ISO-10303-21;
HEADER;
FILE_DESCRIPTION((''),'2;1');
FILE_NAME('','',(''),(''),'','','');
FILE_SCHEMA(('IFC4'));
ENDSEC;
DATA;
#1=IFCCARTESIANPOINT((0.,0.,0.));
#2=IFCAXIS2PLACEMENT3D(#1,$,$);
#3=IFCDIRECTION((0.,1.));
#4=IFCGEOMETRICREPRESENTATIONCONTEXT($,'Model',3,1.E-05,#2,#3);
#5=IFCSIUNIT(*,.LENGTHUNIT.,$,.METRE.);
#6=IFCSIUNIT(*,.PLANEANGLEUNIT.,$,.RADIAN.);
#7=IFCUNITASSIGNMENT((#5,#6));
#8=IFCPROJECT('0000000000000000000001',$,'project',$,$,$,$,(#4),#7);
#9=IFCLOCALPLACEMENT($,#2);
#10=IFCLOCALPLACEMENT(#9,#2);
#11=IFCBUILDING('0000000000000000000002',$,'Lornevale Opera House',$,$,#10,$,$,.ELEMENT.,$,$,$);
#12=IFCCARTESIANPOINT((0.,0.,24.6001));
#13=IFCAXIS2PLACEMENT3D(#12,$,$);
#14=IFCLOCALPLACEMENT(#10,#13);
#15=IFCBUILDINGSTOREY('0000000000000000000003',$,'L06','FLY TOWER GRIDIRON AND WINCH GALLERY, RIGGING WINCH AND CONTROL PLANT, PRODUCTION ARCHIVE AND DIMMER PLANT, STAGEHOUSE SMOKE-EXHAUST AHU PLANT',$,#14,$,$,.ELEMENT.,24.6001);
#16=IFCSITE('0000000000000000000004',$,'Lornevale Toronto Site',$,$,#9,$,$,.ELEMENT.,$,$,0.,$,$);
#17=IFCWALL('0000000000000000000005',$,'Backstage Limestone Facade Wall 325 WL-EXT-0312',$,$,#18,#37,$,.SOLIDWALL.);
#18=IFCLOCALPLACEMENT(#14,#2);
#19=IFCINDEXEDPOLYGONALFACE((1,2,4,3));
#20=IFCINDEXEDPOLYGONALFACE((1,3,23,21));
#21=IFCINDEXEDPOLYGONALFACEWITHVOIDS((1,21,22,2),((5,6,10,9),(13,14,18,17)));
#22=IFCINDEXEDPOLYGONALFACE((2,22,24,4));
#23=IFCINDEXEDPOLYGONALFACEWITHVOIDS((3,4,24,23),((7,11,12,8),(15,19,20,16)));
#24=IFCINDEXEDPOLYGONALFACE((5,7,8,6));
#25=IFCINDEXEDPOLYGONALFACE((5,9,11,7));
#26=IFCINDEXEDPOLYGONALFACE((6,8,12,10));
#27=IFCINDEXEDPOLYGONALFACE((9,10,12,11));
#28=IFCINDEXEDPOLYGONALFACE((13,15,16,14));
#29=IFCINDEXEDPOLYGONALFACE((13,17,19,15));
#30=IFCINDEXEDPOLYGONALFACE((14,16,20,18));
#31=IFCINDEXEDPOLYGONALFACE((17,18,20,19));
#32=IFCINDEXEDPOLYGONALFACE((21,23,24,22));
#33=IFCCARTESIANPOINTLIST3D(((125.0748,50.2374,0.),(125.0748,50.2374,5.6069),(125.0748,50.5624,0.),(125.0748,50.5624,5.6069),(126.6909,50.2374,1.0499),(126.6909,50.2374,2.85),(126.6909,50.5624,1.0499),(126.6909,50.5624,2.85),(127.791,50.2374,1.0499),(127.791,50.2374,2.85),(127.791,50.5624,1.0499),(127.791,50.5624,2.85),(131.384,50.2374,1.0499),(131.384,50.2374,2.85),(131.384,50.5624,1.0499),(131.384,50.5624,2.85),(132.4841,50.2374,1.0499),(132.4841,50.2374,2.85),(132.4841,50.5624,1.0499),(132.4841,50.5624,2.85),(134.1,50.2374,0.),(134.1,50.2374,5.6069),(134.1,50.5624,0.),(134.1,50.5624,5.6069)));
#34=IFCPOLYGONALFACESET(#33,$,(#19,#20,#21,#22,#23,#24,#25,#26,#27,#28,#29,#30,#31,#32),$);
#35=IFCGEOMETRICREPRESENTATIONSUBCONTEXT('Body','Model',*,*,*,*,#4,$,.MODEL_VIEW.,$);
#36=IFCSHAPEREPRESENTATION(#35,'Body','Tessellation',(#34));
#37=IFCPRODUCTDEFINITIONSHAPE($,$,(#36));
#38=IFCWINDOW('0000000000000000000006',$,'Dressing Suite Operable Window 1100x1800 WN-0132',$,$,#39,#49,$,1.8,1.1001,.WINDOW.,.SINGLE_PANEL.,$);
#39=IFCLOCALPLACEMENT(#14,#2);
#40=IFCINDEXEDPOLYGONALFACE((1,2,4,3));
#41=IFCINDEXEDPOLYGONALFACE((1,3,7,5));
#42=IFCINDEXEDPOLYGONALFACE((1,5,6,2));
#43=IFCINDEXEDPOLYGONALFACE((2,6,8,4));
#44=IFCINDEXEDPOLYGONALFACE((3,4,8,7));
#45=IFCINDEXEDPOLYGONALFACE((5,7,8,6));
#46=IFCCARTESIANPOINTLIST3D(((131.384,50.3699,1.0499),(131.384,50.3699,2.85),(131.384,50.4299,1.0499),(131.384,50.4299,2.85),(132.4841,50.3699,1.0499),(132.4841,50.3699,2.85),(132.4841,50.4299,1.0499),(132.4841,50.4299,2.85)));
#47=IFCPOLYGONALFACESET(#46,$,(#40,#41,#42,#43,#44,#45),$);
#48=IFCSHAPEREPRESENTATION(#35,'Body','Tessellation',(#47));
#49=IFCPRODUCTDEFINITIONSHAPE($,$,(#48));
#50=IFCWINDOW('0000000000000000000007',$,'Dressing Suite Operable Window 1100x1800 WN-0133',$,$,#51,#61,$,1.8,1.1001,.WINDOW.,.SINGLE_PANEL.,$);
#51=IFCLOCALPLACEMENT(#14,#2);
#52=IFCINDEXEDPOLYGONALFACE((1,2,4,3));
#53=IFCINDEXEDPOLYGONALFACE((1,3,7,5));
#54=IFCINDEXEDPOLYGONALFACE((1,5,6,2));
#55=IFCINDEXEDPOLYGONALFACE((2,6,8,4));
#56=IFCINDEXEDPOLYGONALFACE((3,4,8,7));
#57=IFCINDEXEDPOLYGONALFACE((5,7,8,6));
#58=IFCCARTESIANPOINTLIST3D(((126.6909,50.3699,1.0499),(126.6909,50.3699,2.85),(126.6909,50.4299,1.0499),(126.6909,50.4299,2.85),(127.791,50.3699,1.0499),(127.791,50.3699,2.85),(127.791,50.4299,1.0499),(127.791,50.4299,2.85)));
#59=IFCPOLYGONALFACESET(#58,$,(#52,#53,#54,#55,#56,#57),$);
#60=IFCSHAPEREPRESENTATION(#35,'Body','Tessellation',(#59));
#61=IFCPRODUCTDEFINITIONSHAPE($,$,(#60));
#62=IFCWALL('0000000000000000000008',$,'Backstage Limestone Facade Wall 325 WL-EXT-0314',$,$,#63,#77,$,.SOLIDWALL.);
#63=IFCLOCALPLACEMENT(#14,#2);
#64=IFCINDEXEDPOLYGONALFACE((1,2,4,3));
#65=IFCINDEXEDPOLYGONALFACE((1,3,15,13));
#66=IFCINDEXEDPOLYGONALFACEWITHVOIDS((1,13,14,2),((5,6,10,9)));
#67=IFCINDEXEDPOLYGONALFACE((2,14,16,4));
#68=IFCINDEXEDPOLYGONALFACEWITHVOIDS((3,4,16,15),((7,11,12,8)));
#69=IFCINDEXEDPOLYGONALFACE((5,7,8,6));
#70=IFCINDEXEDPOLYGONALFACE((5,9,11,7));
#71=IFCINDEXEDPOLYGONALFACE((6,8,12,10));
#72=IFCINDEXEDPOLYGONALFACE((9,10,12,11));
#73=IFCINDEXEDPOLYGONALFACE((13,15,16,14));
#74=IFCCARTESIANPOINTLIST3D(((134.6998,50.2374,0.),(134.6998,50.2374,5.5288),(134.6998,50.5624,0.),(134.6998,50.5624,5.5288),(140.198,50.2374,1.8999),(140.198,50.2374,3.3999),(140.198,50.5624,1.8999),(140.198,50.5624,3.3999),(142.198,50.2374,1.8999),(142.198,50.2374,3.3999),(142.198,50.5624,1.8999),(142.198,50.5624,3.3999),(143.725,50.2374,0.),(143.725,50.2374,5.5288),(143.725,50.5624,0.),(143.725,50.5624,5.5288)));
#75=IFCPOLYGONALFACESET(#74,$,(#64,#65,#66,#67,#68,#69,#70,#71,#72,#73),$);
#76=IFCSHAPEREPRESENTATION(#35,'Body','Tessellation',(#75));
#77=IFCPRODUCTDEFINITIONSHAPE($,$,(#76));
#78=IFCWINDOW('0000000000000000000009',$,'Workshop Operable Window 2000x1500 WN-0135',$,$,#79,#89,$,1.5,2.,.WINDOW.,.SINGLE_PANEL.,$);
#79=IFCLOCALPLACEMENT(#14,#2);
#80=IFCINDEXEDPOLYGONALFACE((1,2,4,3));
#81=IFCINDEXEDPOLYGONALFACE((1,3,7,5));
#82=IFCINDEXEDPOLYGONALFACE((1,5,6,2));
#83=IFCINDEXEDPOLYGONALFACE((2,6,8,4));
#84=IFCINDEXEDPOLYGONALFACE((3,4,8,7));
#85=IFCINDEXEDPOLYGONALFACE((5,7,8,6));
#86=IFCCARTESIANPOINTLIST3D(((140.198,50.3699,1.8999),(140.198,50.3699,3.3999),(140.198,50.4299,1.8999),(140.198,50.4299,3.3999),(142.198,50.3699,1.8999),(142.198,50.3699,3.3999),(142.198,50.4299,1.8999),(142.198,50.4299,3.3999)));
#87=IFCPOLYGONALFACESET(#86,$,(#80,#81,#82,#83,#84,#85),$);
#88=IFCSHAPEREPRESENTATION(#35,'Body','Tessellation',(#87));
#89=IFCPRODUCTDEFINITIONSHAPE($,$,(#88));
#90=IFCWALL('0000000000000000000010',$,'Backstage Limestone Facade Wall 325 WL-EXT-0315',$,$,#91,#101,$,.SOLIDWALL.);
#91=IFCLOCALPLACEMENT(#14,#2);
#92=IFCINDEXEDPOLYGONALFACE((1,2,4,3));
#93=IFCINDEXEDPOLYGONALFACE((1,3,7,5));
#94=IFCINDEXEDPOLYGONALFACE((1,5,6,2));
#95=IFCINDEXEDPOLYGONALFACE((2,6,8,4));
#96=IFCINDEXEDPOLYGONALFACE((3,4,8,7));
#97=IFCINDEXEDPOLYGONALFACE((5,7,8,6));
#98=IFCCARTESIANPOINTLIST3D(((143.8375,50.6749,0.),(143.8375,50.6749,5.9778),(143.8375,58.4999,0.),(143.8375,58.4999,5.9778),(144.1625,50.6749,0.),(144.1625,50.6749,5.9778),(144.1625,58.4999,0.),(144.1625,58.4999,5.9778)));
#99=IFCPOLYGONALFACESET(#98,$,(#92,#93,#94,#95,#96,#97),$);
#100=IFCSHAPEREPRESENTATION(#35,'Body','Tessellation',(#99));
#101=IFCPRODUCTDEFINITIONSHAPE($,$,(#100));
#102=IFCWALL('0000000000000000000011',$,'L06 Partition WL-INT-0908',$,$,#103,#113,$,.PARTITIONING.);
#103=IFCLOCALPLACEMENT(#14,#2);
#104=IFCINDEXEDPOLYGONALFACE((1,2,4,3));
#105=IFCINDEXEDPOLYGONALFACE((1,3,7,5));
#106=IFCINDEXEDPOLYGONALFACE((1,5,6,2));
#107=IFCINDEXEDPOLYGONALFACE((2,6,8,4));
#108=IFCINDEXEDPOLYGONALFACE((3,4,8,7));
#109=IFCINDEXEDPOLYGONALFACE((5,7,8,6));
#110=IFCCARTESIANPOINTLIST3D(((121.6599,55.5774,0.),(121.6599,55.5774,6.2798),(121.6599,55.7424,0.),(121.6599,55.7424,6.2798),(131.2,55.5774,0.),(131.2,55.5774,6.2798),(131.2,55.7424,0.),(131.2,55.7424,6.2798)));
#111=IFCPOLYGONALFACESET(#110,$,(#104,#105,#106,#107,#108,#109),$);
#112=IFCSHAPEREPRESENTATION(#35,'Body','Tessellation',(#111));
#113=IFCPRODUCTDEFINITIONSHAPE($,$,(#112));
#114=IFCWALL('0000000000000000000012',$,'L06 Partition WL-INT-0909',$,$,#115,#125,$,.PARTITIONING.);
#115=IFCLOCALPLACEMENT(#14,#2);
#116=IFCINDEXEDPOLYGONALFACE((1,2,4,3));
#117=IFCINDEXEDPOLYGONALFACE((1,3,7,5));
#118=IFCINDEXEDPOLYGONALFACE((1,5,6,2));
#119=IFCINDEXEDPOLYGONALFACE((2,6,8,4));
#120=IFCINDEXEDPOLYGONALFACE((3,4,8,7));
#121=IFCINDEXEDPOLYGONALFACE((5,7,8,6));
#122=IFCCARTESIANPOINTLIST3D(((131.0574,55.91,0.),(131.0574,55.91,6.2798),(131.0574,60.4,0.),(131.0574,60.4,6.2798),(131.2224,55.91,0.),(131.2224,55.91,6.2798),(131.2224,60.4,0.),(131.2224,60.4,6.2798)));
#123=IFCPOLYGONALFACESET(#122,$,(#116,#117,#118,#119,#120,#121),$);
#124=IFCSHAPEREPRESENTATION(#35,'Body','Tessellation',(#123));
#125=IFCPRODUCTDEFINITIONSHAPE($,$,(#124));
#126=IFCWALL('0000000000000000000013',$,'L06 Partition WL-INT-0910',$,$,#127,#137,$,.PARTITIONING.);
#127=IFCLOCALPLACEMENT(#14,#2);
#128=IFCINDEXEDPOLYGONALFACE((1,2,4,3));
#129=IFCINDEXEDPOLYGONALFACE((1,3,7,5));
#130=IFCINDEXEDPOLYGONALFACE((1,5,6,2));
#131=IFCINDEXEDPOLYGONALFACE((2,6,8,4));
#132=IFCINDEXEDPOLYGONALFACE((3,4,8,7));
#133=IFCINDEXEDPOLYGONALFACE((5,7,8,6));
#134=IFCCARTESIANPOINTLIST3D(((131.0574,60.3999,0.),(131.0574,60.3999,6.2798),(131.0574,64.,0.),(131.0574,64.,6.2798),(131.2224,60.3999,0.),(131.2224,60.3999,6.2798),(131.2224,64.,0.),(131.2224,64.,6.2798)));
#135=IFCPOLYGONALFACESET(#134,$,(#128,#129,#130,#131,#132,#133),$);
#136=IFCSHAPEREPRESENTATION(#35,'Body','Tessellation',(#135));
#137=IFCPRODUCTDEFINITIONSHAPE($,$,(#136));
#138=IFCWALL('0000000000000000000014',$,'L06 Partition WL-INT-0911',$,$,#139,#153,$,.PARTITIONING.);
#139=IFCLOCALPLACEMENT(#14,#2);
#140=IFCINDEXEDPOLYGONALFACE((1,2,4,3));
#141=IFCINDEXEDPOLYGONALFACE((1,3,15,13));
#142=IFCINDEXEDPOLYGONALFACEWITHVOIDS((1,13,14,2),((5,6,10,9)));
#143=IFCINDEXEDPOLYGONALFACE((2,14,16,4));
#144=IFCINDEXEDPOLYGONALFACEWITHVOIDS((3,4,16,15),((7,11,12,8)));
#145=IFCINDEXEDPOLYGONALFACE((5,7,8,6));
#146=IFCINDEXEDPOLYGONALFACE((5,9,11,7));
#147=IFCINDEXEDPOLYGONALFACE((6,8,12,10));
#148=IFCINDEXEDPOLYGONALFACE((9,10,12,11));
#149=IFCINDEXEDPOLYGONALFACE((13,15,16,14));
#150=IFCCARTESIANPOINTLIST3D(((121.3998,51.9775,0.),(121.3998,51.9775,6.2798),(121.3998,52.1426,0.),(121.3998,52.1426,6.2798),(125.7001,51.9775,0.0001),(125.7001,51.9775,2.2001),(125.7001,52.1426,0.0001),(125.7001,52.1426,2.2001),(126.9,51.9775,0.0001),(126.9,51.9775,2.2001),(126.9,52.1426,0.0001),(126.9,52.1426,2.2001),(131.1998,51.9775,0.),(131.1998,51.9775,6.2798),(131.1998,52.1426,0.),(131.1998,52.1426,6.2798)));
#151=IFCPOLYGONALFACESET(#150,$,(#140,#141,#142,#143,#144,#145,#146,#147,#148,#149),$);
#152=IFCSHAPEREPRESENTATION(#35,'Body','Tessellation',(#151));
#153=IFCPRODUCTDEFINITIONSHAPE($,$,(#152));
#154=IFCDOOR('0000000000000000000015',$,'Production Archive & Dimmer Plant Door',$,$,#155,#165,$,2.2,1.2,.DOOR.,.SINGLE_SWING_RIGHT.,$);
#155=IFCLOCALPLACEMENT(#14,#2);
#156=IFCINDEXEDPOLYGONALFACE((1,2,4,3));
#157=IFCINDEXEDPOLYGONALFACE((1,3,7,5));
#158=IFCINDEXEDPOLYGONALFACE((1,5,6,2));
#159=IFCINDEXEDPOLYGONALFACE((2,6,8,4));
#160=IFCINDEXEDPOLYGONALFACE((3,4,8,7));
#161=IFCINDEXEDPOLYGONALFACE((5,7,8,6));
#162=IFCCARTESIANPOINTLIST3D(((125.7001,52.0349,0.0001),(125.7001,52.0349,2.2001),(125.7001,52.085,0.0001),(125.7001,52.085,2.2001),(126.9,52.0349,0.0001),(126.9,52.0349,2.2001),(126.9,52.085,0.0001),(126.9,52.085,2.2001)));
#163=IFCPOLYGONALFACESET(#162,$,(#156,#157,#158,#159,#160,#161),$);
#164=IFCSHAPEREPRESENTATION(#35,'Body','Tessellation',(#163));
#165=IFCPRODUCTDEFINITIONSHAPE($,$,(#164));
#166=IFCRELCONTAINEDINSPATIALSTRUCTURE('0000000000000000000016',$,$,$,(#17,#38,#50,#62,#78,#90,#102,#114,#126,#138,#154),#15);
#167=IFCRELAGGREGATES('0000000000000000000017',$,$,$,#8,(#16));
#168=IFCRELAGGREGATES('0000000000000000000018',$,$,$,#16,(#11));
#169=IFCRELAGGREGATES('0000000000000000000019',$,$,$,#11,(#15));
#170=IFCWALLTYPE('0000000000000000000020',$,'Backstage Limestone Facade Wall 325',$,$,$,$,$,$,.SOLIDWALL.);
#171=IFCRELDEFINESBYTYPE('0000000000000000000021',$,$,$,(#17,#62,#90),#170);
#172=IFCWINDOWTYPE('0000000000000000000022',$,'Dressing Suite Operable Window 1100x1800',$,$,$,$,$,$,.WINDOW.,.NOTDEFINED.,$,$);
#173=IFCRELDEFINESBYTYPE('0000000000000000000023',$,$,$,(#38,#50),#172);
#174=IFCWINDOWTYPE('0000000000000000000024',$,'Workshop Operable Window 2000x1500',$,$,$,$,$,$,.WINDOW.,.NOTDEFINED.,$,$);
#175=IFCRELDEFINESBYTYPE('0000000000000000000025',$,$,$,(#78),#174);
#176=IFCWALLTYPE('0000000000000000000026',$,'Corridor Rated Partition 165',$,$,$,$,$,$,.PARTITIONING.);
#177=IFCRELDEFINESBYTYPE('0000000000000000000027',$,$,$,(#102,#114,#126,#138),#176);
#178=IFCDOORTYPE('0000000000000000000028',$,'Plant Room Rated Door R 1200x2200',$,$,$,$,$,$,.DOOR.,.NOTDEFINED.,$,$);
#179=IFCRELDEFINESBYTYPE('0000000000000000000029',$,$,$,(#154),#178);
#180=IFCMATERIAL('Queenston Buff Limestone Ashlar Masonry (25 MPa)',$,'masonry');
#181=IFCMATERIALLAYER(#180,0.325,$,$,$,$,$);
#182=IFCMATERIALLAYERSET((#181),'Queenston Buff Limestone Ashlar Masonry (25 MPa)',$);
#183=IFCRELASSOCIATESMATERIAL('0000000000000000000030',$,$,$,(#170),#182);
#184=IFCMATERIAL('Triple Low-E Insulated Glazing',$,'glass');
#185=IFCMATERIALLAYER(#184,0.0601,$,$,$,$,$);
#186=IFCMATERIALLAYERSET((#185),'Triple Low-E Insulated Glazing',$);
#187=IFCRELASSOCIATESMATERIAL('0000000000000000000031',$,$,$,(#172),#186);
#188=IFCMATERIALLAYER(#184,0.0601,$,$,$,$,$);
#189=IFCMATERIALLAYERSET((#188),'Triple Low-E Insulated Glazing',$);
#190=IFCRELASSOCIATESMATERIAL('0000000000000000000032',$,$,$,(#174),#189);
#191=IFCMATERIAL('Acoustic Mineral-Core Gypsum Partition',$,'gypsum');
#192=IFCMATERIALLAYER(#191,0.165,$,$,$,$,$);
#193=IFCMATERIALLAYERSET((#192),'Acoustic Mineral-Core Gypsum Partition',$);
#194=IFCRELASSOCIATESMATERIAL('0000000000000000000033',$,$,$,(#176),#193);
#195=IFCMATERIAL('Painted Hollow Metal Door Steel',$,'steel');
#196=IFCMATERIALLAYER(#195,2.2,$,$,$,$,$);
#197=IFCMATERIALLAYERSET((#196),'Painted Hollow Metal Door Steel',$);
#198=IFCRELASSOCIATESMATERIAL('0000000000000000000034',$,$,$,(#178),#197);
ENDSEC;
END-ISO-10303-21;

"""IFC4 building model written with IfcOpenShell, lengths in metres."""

from ifc_helpers import new_model, si_unit, direction, frame, frame_2d, origin, place, context, subcontext, project, spatial, rectangle, extrude, material, layer, layer_set, type_object, element, fill, save


model = new_model("IFC4")

# Units and contexts
model_context = context("Model", 3, precision=1e-05, world=origin(), true_north=direction((0.0, 1.0)))
body_context = subcontext(model_context, "Body", "Model", "MODEL_VIEW")
ifc_project = project(units=[si_unit("LENGTHUNIT", "METRE"), si_unit("PLANEANGLEUNIT", "RADIAN")], contexts=[model_context])

# Site, building, storey
site_placement = place(None, origin())
site = spatial("IfcSite", under=ifc_project, at=site_placement, Name="Lornevale Toronto Site", CompositionType="ELEMENT", RefElevation=0.0)
building_placement = place(site_placement, origin())
building = spatial("IfcBuilding", under=site, at=building_placement, Name="Lornevale Opera House", CompositionType="ELEMENT")
storey_placement = place(building_placement, frame((0.0, 0.0, 24.6001)))
storey = spatial("IfcBuildingStorey", under=building, at=storey_placement, Name="L06", Description="FLY TOWER GRIDIRON AND WINCH GALLERY, RIGGING WINCH AND CONTROL PLANT, PRODUCTION ARCHIVE AND DIMMER PLANT, STAGEHOUSE SMOKE-EXHAUST AHU PLANT", CompositionType="ELEMENT", Elevation=24.6001)

# Shared definitions
ifc_material_1 = material(Name="Queenston Buff Limestone Ashlar Masonry (25 MPa)", Category="masonry")
ifc_layer_1 = layer(ifc_material_1, 0.325)
ifc_layer_set_1 = layer_set([ifc_layer_1], Name="Queenston Buff Limestone Ashlar Masonry (25 MPa)")
wall_type_1 = type_object("IfcWallType", Name="Backstage Limestone Facade Wall 325", PredefinedType="SOLIDWALL", material=ifc_layer_set_1)

# Wall, openings, windows
wall_1_placement = place(storey_placement, frame((134.1001, 50.3999, 0.0), z_axis=(0.0, 0.0, 1.0), x_axis=(-1.0, 0.0, 0.0)))
wall_1 = element("IfcWall", 1, at=wall_1_placement, inside=storey, type_object=wall_type_1, Name="Backstage Limestone Facade Wall 325 WL-EXT-0312", PredefinedType="SOLIDWALL", context=body_context, shape_type="SweptSolid", body=[
    extrude(rectangle(XDim=9.0251, YDim=0.325, at=frame_2d((4.5127, 0.0))), origin(), (0.0, 0.0, 1.0), 5.6069),
])
opening_1_placement = place(wall_1_placement, frame((1.616, 0.0, 1.05)))
opening_1 = element("IfcOpeningElement", 2, at=opening_1_placement, cuts=wall_1, PredefinedType="OPENING", context=body_context, shape_type="SweptSolid", body=[
    extrude(rectangle(XDim=1.1001, YDim=1.8, at=frame_2d((0.55, 0.8999))), frame((0.0, 0.1724, 0.0), z_axis=(0.0, -1.0, 0.0), x_axis=(1.0, 0.0, 0.0)), (0.0, 0.0, 1.0), 0.345),
])
opening_2_placement = place(wall_1_placement, frame((6.3091, 0.0, 1.05)))
opening_2 = element("IfcOpeningElement", 3, at=opening_2_placement, cuts=wall_1, PredefinedType="OPENING", context=body_context, shape_type="SweptSolid", body=[
    extrude(rectangle(XDim=1.1001, YDim=1.8, at=frame_2d((0.55, 0.8999))), frame((0.0, 0.1724, 0.0), z_axis=(0.0, -1.0, 0.0), x_axis=(1.0, 0.0, 0.0)), (0.0, 0.0, 1.0), 0.345),
])
ifc_material_2 = material(Name="Triple Low-E Insulated Glazing", Category="glass")
ifc_layer_2 = layer(ifc_material_2, 0.0601)
ifc_layer_set_2 = layer_set([ifc_layer_2], Name="Triple Low-E Insulated Glazing")
window_type_1 = type_object("IfcWindowType", Name="Dressing Suite Operable Window 1100x1800", PartitioningType="NOTDEFINED", PredefinedType="WINDOW", material=ifc_layer_set_2)
window_1_placement = place(opening_1_placement, origin())
window_1 = element("IfcWindow", 4, at=window_1_placement, inside=storey, type_object=window_type_1, Name="Dressing Suite Operable Window 1100x1800 WN-0132", OverallHeight=1.8, OverallWidth=1.1001, PartitioningType="SINGLE_PANEL", PredefinedType="WINDOW", context=body_context, shape_type="SweptSolid", body=[
    extrude(rectangle(XDim=1.1001, YDim=1.8, at=frame_2d((0.55, 0.8999))), frame((0.0, 0.03, 0.0), z_axis=(0.0, -1.0, 0.0), x_axis=(1.0, 0.0, 0.0)), (0.0, 0.0, 1.0), 0.0601),
])
fill(opening_1, window_1)
window_2_placement = place(opening_2_placement, origin())
window_2 = element("IfcWindow", 5, at=window_2_placement, inside=storey, type_object=window_type_1, Name="Dressing Suite Operable Window 1100x1800 WN-0133", OverallHeight=1.8, OverallWidth=1.1001, PartitioningType="SINGLE_PANEL", PredefinedType="WINDOW", context=body_context, shape_type="SweptSolid", body=[
    extrude(rectangle(XDim=1.1001, YDim=1.8, at=frame_2d((0.55, 0.8999))), frame((0.0, 0.03, 0.0), z_axis=(0.0, -1.0, 0.0), x_axis=(1.0, 0.0, 0.0)), (0.0, 0.0, 1.0), 0.0601),
])
fill(opening_2, window_2)

# Wall, opening, window
wall_2_placement = place(storey_placement, frame((143.7251, 50.3999, 0.0), z_axis=(0.0, 0.0, 1.0), x_axis=(-1.0, 0.0, 0.0)))
wall_2 = element("IfcWall", 6, at=wall_2_placement, inside=storey, type_object=wall_type_1, Name="Backstage Limestone Facade Wall 325 WL-EXT-0314", PredefinedType="SOLIDWALL", context=body_context, shape_type="SweptSolid", body=[
    extrude(rectangle(XDim=9.0251, YDim=0.325, at=frame_2d((4.5127, 0.0))), origin(), (0.0, 0.0, 1.0), 5.5288),
])
opening_3_placement = place(wall_2_placement, frame((1.5271, 0.0, 1.8999)))
opening_3 = element("IfcOpeningElement", 7, at=opening_3_placement, cuts=wall_2, PredefinedType="OPENING", context=body_context, shape_type="SweptSolid", body=[
    extrude(rectangle(XDim=2.0, YDim=1.5, at=frame_2d((1.0, 0.75))), frame((0.0, 0.1724, 0.0), z_axis=(0.0, -1.0, 0.0), x_axis=(1.0, 0.0, 0.0)), (0.0, 0.0, 1.0), 0.345),
])
ifc_layer_3 = layer(ifc_material_2, 0.0601)
ifc_layer_set_3 = layer_set([ifc_layer_3], Name="Triple Low-E Insulated Glazing")
window_type_2 = type_object("IfcWindowType", Name="Workshop Operable Window 2000x1500", PartitioningType="NOTDEFINED", PredefinedType="WINDOW", material=ifc_layer_set_3)
window_3_placement = place(opening_3_placement, origin())
window_3 = element("IfcWindow", 8, at=window_3_placement, inside=storey, type_object=window_type_2, Name="Workshop Operable Window 2000x1500 WN-0135", OverallHeight=1.5, OverallWidth=2.0, PartitioningType="SINGLE_PANEL", PredefinedType="WINDOW", context=body_context, shape_type="SweptSolid", body=[
    extrude(rectangle(XDim=2.0, YDim=1.5, at=frame_2d((1.0, 0.75))), frame((0.0, 0.03, 0.0), z_axis=(0.0, -1.0, 0.0), x_axis=(1.0, 0.0, 0.0)), (0.0, 0.0, 1.0), 0.0601),
])
fill(opening_3, window_3)

# Walls
wall_3_placement = place(storey_placement, frame((144.0, 58.5, 0.0), z_axis=(0.0, 0.0, 1.0), x_axis=(0.0, -1.0, 0.0)))
element("IfcWall", 9, at=wall_3_placement, inside=storey, type_object=wall_type_1, Name="Backstage Limestone Facade Wall 325 WL-EXT-0315", PredefinedType="SOLIDWALL", context=body_context, shape_type="SweptSolid", body=[
    extrude(rectangle(XDim=7.825, YDim=0.325, at=frame_2d((3.9126, 0.0))), origin(), (0.0, 0.0, 1.0), 5.9778),
])
ifc_material_3 = material(Name="Acoustic Mineral-Core Gypsum Partition", Category="gypsum")
ifc_layer_4 = layer(ifc_material_3, 0.165)
ifc_layer_set_4 = layer_set([ifc_layer_4], Name="Acoustic Mineral-Core Gypsum Partition")
wall_type_2 = type_object("IfcWallType", Name="Corridor Rated Partition 165", PredefinedType="PARTITIONING", material=ifc_layer_set_4)
wall_4_placement = place(storey_placement, frame((121.6599, 55.6599, 0.0), z_axis=(0.0, 0.0, 1.0), x_axis=(1.0, 0.0, 0.0)))
element("IfcWall", 10, at=wall_4_placement, inside=storey, type_object=wall_type_2, Name="L06 Partition WL-INT-0908", PredefinedType="PARTITIONING", context=body_context, shape_type="SweptSolid", body=[
    extrude(rectangle(XDim=9.54, YDim=0.165, at=frame_2d((4.77, 0.0))), origin(), (0.0, 0.0, 1.0), 6.2798),
])
wall_5_placement = place(storey_placement, frame((131.1399, 55.9099, 0.0), z_axis=(0.0, 0.0, 1.0), x_axis=(0.0, 1.0, 0.0)))
element("IfcWall", 11, at=wall_5_placement, inside=storey, type_object=wall_type_2, Name="L06 Partition WL-INT-0909", PredefinedType="PARTITIONING", context=body_context, shape_type="SweptSolid", body=[
    extrude(rectangle(XDim=4.49, YDim=0.165, at=frame_2d((2.2451, 0.0))), origin(), (0.0, 0.0, 1.0), 6.2798),
])
wall_6_placement = place(storey_placement, frame((131.1399, 60.3999, 0.0), z_axis=(0.0, 0.0, 1.0), x_axis=(0.0, 1.0, 0.0)))
element("IfcWall", 12, at=wall_6_placement, inside=storey, type_object=wall_type_2, Name="L06 Partition WL-INT-0910", PredefinedType="PARTITIONING", context=body_context, shape_type="SweptSolid", body=[
    extrude(rectangle(XDim=3.6001, YDim=0.165, at=frame_2d((1.8, 0.0))), origin(), (0.0, 0.0, 1.0), 6.2798),
])

# Wall, opening, door
wall_7_placement = place(storey_placement, frame((121.3999, 52.0601, 0.0), z_axis=(0.0, 0.0, 1.0), x_axis=(1.0, 0.0, 0.0)))
wall_7 = element("IfcWall", 13, at=wall_7_placement, inside=storey, type_object=wall_type_2, Name="L06 Partition WL-INT-0911", PredefinedType="PARTITIONING", context=body_context, shape_type="SweptSolid", body=[
    extrude(rectangle(XDim=9.8, YDim=0.165, at=frame_2d((4.8999, 0.0))), origin(), (0.0, 0.0, 1.0), 6.2798),
])
opening_4_placement = place(wall_7_placement, frame((4.3, 0.0, 0.0)))
opening_4 = element("IfcOpeningElement", 14, at=opening_4_placement, cuts=wall_7, PredefinedType="OPENING", context=body_context, shape_type="SweptSolid", body=[
    extrude(rectangle(XDim=1.2, YDim=2.2, at=frame_2d((0.6001, 1.1001))), frame((0.0, 0.0925, 0.0), z_axis=(0.0, -1.0, 0.0), x_axis=(1.0, 0.0, 0.0)), (0.0, 0.0, 1.0), 0.1851),
])
ifc_material_4 = material(Name="Painted Hollow Metal Door Steel", Category="steel")
ifc_layer_5 = layer(ifc_material_4, 2.2)
ifc_layer_set_5 = layer_set([ifc_layer_5], Name="Painted Hollow Metal Door Steel")
door_type = type_object("IfcDoorType", Name="Plant Room Rated Door R 1200x2200", OperationType="NOTDEFINED", PredefinedType="DOOR", material=ifc_layer_set_5)
door_placement = place(opening_4_placement, origin())
door = element("IfcDoor", 15, at=door_placement, inside=storey, type_object=door_type, Name="Production Archive & Dimmer Plant Door", OperationType="SINGLE_SWING_RIGHT", OverallHeight=2.2, OverallWidth=1.2, PredefinedType="DOOR", context=body_context, shape_type="SweptSolid", body=[
    extrude(rectangle(XDim=1.2, YDim=2.2, at=frame_2d((0.6001, 1.1001))), frame((0.0, 0.0249, 0.0), z_axis=(0.0, -1.0, 0.0), x_axis=(1.0, 0.0, 0.0)), (0.0, 0.0, 1.0), 0.05),
])
fill(opening_4, door)

save(model, "model.ifc")
